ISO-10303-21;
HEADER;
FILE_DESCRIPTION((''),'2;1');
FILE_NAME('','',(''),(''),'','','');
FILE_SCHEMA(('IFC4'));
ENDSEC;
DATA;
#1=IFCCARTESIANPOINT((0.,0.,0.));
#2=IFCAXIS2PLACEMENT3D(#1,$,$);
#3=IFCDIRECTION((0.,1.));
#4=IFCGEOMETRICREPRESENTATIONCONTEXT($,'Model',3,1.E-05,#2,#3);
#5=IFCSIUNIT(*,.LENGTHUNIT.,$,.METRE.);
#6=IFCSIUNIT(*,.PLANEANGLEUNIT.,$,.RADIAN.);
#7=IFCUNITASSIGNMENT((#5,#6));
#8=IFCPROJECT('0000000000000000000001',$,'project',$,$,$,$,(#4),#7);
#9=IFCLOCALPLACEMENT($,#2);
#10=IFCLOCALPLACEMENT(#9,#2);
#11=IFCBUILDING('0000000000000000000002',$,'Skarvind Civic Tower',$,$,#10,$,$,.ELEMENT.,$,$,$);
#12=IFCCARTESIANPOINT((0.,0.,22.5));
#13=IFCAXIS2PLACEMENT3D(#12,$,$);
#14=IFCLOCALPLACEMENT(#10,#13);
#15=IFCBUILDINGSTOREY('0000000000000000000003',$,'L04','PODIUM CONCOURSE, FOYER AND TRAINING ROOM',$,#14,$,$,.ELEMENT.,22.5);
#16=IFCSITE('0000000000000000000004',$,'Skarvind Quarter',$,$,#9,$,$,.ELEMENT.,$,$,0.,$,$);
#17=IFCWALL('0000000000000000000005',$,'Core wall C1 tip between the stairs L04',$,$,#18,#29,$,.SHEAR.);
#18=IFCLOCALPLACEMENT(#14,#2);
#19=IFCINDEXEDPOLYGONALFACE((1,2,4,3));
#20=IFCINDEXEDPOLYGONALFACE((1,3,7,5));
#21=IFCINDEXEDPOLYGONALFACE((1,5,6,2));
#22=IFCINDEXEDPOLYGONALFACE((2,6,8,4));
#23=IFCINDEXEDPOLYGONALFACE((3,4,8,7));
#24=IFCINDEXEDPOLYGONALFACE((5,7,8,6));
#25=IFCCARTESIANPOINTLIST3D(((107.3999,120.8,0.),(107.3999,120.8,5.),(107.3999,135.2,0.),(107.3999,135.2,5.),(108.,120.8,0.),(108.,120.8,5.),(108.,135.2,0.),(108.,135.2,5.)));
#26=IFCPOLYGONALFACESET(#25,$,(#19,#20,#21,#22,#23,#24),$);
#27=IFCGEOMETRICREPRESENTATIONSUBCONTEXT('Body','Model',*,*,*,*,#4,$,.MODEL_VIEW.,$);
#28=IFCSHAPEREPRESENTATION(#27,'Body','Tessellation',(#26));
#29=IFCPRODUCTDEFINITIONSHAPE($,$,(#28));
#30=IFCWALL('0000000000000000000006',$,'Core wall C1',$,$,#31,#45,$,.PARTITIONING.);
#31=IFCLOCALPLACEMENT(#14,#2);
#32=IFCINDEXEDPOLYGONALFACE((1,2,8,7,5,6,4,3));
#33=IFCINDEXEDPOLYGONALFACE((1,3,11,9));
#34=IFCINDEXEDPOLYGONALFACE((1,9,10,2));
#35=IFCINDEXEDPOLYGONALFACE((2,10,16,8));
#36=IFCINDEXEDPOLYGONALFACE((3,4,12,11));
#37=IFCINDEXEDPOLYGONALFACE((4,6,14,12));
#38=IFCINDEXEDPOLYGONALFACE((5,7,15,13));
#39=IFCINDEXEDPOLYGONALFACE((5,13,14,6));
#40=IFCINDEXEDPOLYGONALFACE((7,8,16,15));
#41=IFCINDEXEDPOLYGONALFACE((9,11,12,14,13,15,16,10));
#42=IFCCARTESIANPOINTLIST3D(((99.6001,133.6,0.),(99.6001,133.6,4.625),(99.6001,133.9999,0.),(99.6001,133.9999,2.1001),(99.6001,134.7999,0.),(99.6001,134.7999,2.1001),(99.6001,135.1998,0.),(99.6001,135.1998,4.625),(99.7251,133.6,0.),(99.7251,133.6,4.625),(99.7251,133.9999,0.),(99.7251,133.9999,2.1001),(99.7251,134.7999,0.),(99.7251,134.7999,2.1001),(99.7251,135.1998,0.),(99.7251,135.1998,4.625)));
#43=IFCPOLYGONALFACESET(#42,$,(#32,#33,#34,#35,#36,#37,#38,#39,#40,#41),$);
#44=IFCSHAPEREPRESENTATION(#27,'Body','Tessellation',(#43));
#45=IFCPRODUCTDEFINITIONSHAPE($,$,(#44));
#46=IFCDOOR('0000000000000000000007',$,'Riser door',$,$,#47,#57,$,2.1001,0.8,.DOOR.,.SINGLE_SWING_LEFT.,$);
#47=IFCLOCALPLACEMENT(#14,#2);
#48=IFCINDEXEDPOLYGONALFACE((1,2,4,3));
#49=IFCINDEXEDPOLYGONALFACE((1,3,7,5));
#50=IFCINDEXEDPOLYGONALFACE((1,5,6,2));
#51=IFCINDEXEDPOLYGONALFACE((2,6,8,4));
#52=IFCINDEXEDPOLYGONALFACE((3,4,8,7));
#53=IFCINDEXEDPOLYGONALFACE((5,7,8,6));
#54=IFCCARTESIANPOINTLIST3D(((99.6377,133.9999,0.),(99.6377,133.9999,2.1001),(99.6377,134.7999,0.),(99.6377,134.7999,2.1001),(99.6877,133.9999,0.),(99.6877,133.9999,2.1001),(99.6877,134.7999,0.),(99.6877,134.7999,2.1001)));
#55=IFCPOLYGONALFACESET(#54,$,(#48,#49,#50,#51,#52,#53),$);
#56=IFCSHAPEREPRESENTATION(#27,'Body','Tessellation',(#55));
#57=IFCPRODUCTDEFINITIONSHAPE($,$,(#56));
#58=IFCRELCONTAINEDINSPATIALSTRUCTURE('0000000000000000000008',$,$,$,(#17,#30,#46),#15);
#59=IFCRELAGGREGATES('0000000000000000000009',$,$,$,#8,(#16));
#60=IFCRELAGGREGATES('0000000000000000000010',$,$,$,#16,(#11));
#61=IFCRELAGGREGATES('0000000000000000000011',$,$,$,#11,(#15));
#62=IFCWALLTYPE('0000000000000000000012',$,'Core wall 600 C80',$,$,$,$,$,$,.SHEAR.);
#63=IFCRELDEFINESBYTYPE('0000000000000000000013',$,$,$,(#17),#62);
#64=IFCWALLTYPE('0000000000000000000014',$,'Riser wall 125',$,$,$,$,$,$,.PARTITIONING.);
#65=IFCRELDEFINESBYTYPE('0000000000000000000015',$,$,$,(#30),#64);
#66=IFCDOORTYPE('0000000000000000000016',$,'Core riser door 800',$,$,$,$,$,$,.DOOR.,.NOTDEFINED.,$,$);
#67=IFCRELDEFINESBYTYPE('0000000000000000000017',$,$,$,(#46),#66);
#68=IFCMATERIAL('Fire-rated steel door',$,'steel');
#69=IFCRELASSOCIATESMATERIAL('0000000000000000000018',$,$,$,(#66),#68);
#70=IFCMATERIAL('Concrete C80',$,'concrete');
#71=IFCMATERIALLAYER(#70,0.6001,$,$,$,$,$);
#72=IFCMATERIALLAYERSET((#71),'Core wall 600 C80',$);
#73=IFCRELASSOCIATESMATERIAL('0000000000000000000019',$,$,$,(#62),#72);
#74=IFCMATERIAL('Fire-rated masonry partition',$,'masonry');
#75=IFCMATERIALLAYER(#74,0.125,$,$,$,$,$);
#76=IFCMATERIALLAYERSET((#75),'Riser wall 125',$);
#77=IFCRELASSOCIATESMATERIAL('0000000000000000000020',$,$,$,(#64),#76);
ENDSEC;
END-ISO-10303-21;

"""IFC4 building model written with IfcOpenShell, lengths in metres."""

from ifc_helpers import new_model, si_unit, direction, frame, frame_2d, origin, place, context, subcontext, project, spatial, rectangle, extrude, material, layer, layer_set, type_object, element, fill, save


model = new_model("IFC4")

# Units and contexts
model_context = context("Model", 3, precision=1e-05, world=origin(), true_north=direction((0.0, 1.0)))
body_context = subcontext(model_context, "Body", "Model", "MODEL_VIEW")
ifc_project = project(units=[si_unit("LENGTHUNIT", "METRE"), si_unit("PLANEANGLEUNIT", "RADIAN")], contexts=[model_context])

# Site, building, storey
site_placement = place(None, origin())
site = spatial("IfcSite", under=ifc_project, at=site_placement, Name="Skarvind Quarter", CompositionType="ELEMENT", RefElevation=0.0)
building_placement = place(site_placement, origin())
building = spatial("IfcBuilding", under=site, at=building_placement, Name="Skarvind Civic Tower", CompositionType="ELEMENT")
storey_placement = place(building_placement, frame((0.0, 0.0, 22.5)))
storey = spatial("IfcBuildingStorey", under=building, at=storey_placement, Name="L04", Description="PODIUM CONCOURSE, FOYER AND TRAINING ROOM", CompositionType="ELEMENT", Elevation=22.5)

# Shared definitions
ifc_material_1 = material(Name="Fire-rated masonry partition", Category="masonry")
ifc_material_2 = material(Name="Fire-rated steel door", Category="steel")

# Shared definitions
ifc_material_3 = material(Name="Concrete C80", Category="concrete")

# Shared definitions
door_type_1 = type_object("IfcDoorType", Name="Core riser door 800", OperationType="NOTDEFINED", PredefinedType="DOOR", material=ifc_material_2)

# Wall
ifc_layer_1 = layer(ifc_material_3, 0.6001)
ifc_layer_set_1 = layer_set([ifc_layer_1], Name="Core wall 600 C80")
wall_type_1 = type_object("IfcWallType", Name="Core wall 600 C80", PredefinedType="SHEAR", material=ifc_layer_set_1)
wall_1_placement = place(storey_placement, frame((107.7, 135.2, 0.0), z_axis=(0.0, 0.0, 1.0), x_axis=(0.0, -1.0, 0.0)))
element("IfcWall", 1, at=wall_1_placement, inside=storey, type_object=wall_type_1, Name="Core wall C1 tip between the stairs L04", PredefinedType="SHEAR", context=body_context, shape_type="SweptSolid", body=[
    extrude(rectangle(XDim=14.3999, YDim=0.6001, at=frame_2d((7.2, 0.0))), origin(), (0.0, 0.0, 1.0), 5.0),
])

# Wall, opening, door
ifc_layer_2 = layer(ifc_material_1, 0.125)
ifc_layer_set_2 = layer_set([ifc_layer_2], Name="Riser wall 125")
wall_type_2 = type_object("IfcWallType", Name="Riser wall 125", PredefinedType="PARTITIONING", material=ifc_layer_set_2)
wall_2_placement = place(storey_placement, frame((99.6626, 133.6001, 0.0), z_axis=(0.0, 0.0, 1.0), x_axis=(0.0, 1.0, 0.0)))
wall_2 = element("IfcWall", 2, at=wall_2_placement, inside=storey, type_object=wall_type_2, Name="Core wall C1", PredefinedType="PARTITIONING", context=body_context, shape_type="SweptSolid", body=[
    extrude(rectangle(XDim=1.5999, YDim=0.125, at=frame_2d((0.7998, 0.0))), origin(), (0.0, 0.0, 1.0), 4.625),
])
opening_1_placement = place(wall_2_placement, frame((0.3999, 0.0, 0.0)))
opening_1 = element("IfcOpeningElement", 3, at=opening_1_placement, cuts=wall_2, PredefinedType="OPENING", context=body_context, shape_type="SweptSolid", body=[
    extrude(rectangle(XDim=0.8, YDim=2.1001, at=frame_2d((0.3999, 1.05))), frame((0.0, 0.0725, 0.0), z_axis=(0.0, -1.0, 0.0), x_axis=(1.0, 0.0, 0.0)), (0.0, 0.0, 1.0), 0.145),
])
door_1_placement = place(opening_1_placement, origin())
door_1 = element("IfcDoor", 4, at=door_1_placement, inside=storey, type_object=door_type_1, Name="Riser door", OperationType="SINGLE_SWING_LEFT", OverallHeight=2.1001, OverallWidth=0.8, PredefinedType="DOOR", context=body_context, shape_type="SweptSolid", body=[
    extrude(rectangle(XDim=0.8, YDim=2.1001, at=frame_2d((0.3999, 1.05))), frame((0.0, 0.0249, 0.0), z_axis=(0.0, -1.0, 0.0), x_axis=(1.0, 0.0, 0.0)), (0.0, 0.0, 1.0), 0.05),
])
fill(opening_1, door_1)

save(model, "model.ifc")
